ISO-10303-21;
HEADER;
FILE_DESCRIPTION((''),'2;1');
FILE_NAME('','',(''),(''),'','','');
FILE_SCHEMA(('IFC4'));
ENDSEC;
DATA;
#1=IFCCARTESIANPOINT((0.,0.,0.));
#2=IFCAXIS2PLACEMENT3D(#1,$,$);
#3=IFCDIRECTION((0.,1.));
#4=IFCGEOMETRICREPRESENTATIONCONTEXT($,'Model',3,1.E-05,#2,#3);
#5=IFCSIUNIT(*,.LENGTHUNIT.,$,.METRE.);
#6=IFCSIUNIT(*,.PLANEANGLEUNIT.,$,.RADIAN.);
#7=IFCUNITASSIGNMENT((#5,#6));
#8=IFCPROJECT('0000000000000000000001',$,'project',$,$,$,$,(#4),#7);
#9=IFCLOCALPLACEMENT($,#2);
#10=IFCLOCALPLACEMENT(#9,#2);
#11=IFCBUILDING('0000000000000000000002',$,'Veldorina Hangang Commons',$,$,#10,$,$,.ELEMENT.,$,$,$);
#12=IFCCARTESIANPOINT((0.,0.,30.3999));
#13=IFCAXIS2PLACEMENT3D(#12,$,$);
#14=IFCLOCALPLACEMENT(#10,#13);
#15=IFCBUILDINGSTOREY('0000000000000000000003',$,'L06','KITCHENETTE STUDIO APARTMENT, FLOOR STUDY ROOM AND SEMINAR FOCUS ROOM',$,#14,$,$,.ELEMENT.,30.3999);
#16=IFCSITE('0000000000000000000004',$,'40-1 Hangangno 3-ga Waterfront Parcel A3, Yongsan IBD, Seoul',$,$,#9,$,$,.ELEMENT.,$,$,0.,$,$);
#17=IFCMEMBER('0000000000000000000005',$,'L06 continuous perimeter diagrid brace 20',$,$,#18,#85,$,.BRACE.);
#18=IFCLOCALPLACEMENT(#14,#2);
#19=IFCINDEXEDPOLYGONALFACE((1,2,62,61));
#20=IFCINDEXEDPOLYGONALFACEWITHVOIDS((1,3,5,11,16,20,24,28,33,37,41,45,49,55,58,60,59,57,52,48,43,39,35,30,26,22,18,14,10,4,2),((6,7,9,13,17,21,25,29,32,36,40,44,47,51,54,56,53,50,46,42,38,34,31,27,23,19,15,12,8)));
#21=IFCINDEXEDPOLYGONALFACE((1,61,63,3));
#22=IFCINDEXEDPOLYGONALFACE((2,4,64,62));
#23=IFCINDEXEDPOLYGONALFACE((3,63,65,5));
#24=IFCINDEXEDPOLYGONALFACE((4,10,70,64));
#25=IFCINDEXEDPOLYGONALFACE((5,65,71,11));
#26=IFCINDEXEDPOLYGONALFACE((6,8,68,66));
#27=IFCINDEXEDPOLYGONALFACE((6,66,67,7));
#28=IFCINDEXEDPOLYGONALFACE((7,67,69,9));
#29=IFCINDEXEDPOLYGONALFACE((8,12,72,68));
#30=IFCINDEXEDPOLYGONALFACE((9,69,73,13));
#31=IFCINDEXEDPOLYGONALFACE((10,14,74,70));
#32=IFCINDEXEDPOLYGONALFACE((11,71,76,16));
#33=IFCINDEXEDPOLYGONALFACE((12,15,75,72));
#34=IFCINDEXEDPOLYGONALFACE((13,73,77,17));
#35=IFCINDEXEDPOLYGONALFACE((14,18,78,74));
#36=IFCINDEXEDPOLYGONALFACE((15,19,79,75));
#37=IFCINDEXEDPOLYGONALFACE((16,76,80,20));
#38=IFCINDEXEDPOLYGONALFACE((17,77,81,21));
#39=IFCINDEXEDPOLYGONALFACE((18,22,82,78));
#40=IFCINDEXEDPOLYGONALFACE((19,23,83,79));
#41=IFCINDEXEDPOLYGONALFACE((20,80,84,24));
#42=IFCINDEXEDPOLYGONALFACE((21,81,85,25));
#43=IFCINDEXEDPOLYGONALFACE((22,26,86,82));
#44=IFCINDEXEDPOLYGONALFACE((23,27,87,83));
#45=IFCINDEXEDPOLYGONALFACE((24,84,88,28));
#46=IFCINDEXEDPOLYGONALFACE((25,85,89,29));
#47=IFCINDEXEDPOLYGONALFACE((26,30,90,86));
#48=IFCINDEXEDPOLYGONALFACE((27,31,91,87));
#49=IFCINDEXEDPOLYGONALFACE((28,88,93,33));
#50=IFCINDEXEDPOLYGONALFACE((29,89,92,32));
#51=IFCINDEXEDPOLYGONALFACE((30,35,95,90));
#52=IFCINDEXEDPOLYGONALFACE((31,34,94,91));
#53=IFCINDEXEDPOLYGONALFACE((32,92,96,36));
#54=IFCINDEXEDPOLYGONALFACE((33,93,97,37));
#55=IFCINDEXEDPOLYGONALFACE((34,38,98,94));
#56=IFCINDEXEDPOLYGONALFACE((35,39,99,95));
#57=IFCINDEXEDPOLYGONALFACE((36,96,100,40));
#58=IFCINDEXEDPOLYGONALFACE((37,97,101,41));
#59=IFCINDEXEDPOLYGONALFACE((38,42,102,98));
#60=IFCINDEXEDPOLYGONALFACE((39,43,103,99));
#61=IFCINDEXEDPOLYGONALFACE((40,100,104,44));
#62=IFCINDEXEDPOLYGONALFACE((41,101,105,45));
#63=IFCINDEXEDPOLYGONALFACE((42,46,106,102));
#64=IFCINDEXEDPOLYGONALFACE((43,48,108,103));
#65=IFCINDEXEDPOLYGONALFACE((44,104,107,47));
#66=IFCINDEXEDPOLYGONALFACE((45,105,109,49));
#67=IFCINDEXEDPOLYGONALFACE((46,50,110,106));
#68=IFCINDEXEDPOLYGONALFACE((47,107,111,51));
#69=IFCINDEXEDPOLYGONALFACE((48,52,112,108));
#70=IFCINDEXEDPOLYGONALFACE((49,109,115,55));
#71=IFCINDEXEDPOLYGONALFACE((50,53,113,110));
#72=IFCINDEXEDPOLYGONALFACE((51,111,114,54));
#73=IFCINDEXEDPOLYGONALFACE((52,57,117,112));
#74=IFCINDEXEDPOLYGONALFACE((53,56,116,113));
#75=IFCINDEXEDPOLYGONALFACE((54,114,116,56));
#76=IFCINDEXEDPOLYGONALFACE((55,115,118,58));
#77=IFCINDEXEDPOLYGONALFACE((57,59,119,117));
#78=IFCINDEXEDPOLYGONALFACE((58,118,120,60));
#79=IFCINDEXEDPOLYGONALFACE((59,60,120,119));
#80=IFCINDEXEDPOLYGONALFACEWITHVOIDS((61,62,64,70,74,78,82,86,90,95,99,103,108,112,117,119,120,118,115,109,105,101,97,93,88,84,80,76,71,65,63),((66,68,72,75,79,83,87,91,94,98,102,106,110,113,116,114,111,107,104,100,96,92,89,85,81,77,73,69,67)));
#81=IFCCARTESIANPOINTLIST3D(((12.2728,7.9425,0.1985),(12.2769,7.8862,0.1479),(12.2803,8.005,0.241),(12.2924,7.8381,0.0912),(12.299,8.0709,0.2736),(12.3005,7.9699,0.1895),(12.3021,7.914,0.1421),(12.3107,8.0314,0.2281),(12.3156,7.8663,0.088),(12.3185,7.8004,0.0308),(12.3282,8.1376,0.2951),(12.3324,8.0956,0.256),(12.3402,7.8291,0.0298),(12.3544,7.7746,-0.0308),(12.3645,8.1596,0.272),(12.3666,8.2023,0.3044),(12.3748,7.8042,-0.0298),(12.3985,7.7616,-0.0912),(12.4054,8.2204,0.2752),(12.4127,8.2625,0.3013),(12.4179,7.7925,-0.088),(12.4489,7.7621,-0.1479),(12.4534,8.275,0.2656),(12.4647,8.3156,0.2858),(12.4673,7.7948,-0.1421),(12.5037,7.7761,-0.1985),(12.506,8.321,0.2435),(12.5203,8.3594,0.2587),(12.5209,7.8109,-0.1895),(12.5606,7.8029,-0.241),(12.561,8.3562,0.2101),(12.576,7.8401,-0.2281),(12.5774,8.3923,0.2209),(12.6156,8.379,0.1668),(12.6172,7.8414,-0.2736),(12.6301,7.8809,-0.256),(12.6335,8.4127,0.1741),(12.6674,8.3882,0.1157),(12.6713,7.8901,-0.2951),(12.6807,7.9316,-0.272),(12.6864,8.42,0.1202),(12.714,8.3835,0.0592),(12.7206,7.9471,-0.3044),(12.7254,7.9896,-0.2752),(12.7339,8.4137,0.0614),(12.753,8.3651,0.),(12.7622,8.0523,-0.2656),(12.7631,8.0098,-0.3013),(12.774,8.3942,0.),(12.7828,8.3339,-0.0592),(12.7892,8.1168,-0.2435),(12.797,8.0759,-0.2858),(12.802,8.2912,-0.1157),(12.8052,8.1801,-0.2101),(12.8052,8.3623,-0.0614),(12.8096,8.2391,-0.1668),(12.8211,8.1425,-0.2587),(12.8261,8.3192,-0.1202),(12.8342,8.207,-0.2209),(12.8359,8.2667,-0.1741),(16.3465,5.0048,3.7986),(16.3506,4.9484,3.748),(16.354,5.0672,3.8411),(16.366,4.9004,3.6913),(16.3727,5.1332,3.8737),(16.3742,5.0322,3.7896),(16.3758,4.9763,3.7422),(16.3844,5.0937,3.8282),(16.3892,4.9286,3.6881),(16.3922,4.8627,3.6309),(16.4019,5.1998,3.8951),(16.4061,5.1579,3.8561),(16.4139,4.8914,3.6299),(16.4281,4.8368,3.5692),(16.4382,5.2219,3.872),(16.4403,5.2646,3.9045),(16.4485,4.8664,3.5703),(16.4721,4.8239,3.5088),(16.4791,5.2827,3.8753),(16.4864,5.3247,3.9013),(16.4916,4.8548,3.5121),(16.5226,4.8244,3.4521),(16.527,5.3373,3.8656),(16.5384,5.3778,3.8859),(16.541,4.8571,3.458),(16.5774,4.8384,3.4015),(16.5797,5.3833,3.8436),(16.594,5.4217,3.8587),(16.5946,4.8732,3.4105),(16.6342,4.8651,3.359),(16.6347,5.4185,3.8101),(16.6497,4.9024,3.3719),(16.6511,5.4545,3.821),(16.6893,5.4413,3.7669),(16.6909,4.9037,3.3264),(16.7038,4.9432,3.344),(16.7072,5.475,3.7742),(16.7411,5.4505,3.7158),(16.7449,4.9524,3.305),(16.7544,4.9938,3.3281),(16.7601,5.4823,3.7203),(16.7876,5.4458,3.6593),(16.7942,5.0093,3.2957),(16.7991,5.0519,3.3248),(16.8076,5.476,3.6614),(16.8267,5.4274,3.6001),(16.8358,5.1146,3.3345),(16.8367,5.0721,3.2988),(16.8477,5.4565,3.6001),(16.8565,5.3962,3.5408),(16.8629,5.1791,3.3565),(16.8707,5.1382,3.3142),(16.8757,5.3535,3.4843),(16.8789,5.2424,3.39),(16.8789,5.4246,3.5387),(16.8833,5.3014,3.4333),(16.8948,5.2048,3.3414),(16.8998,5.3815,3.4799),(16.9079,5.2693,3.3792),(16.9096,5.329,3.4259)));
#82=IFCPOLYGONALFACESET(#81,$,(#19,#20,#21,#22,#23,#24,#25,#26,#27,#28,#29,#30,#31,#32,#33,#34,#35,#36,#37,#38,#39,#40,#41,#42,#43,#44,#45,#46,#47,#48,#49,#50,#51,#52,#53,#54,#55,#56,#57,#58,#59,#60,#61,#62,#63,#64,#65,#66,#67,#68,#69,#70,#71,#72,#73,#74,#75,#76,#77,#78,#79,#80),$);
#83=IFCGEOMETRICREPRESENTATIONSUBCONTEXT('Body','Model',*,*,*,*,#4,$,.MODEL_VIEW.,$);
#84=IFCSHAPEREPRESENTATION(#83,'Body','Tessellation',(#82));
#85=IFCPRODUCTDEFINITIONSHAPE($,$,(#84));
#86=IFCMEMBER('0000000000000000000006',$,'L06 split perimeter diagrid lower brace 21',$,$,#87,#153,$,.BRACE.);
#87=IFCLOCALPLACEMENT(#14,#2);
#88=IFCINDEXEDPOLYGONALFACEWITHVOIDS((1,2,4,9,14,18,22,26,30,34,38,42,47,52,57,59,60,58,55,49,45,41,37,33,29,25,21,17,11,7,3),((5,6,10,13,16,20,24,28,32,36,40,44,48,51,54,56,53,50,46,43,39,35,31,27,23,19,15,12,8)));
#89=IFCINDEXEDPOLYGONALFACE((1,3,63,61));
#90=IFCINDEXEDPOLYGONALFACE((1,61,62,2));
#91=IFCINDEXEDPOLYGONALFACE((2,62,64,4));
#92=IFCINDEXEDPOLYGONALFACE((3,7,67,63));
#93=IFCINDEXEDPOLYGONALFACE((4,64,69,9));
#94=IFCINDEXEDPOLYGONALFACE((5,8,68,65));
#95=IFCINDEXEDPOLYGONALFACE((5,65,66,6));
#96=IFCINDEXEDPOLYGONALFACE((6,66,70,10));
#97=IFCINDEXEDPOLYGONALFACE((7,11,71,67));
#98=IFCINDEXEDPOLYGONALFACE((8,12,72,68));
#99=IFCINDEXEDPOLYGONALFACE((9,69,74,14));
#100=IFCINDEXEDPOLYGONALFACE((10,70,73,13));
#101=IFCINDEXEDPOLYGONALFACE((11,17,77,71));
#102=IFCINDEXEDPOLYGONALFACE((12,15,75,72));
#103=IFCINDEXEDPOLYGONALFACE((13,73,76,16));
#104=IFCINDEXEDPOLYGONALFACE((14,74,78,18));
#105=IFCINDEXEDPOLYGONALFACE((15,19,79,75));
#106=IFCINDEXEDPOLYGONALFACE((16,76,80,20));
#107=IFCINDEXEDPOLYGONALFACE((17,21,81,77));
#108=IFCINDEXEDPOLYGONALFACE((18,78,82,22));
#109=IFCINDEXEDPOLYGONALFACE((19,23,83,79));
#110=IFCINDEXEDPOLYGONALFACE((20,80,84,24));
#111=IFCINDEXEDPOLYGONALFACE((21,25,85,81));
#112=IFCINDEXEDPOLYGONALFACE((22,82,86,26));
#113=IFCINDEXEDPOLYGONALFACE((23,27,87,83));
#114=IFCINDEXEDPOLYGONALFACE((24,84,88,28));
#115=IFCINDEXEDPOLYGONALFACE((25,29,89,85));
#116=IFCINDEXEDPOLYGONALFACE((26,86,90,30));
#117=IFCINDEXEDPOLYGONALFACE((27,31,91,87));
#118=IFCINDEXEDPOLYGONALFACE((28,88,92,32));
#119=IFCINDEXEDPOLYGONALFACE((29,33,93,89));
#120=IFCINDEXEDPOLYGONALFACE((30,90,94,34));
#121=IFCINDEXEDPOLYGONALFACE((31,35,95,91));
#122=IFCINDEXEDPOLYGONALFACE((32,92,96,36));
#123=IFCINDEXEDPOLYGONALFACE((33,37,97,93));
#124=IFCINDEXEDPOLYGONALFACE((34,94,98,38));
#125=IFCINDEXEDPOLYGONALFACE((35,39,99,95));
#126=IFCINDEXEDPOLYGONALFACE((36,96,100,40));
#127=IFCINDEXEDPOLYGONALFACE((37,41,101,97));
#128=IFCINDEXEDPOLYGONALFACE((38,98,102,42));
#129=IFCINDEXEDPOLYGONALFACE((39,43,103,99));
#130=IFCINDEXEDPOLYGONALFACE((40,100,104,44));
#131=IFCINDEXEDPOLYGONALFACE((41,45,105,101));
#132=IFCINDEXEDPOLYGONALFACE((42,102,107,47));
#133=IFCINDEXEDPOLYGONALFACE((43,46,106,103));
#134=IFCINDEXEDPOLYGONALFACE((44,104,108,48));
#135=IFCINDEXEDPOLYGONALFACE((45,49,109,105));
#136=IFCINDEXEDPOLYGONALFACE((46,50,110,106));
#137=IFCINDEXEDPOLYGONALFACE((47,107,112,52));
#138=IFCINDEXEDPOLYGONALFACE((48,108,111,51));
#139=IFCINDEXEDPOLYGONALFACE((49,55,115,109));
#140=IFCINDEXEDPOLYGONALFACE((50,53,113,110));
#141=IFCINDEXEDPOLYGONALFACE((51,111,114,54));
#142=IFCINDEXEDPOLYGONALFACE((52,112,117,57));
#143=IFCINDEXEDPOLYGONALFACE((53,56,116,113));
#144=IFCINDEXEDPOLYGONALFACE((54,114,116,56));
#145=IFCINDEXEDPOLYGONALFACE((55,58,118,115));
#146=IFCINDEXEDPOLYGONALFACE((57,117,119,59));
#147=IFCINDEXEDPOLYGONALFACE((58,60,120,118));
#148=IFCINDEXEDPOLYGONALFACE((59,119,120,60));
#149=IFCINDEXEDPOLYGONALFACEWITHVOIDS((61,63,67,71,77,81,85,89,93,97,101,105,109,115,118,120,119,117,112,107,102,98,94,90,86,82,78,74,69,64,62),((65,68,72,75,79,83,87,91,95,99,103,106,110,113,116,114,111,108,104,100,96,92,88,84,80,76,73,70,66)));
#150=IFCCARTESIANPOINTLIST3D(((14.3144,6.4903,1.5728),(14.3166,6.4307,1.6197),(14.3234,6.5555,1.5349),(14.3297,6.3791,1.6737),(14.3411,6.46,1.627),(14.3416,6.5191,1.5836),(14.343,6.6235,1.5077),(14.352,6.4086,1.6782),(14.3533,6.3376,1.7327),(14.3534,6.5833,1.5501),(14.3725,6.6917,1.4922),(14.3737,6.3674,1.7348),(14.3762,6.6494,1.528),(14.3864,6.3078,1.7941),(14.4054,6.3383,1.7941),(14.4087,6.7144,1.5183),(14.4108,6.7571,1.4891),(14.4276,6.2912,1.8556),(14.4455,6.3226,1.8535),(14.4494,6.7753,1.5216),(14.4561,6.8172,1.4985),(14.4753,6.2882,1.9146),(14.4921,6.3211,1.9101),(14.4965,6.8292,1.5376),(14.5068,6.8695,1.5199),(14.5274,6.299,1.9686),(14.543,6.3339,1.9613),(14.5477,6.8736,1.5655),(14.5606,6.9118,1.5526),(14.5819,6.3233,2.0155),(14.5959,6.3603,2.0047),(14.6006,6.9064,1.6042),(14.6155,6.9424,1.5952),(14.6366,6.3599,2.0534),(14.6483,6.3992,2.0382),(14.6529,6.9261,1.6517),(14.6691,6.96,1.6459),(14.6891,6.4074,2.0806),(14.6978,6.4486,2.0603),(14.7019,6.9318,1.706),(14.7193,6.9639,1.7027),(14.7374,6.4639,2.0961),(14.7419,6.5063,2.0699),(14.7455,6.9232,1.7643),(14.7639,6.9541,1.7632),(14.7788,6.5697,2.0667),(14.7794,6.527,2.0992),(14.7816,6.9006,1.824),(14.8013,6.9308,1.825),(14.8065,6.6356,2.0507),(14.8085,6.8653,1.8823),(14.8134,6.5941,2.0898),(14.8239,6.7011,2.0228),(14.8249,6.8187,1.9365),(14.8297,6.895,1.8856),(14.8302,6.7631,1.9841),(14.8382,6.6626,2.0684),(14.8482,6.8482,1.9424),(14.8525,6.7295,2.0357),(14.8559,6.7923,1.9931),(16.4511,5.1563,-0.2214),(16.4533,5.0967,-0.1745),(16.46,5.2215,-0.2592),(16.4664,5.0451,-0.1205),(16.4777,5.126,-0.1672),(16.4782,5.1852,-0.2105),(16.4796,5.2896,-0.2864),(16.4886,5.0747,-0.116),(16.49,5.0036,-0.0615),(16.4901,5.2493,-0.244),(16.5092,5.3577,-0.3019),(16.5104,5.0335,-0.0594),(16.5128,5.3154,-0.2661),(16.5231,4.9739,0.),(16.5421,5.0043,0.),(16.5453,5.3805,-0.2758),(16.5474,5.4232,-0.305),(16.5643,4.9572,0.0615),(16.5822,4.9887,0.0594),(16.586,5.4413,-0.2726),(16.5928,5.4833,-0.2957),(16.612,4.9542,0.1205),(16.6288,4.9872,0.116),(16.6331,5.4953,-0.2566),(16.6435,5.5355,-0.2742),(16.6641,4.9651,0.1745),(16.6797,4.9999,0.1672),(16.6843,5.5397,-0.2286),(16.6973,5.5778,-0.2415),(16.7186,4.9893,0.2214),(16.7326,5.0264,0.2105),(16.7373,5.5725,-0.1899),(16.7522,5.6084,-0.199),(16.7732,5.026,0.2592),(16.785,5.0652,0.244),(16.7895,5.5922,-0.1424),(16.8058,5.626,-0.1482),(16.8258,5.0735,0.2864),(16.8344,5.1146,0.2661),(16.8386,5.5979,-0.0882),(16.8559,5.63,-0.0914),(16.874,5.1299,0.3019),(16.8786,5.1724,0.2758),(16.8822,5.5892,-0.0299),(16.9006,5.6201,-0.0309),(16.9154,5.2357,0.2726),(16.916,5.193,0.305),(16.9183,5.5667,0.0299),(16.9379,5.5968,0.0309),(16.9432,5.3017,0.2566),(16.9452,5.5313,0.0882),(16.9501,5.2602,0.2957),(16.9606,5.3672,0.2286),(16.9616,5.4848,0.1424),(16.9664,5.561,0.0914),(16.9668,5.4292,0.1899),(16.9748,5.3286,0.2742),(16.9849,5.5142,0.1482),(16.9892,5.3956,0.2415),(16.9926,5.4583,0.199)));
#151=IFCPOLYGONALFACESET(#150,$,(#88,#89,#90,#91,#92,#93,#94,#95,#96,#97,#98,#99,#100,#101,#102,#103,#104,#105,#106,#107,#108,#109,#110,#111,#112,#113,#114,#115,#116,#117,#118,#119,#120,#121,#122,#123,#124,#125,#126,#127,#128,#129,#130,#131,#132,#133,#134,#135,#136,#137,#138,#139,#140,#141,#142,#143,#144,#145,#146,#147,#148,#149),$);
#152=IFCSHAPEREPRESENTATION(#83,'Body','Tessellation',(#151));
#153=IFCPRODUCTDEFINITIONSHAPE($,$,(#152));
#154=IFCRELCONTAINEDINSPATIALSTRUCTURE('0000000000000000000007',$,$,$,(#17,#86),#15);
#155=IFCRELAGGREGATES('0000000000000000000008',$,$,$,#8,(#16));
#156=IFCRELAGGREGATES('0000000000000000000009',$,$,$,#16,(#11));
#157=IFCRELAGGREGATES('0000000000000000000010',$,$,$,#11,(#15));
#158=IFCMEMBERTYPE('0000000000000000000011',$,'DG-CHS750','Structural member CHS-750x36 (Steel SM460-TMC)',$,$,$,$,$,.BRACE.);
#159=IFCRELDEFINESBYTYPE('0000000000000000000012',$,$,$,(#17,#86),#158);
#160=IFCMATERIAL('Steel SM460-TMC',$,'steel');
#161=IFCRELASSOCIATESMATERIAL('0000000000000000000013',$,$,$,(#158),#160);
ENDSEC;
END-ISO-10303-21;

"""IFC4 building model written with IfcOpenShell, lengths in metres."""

from ifc_helpers import new_model, si_unit, direction, frame, origin, origin_2d, place, context, subcontext, project, spatial, hollow_circle, extrude, material, material_profile, profile_set, type_object, element, save


model = new_model("IFC4")

# Units and contexts
model_context = context("Model", 3, precision=1e-05, world=origin(), true_north=direction((0.0, 1.0)))
body_context = subcontext(model_context, "Body", "Model", "MODEL_VIEW")
ifc_project = project(units=[si_unit("LENGTHUNIT", "METRE"), si_unit("PLANEANGLEUNIT", "RADIAN")], contexts=[model_context])

# Site, building, storey
site_placement = place(None, origin())
site = spatial("IfcSite", under=ifc_project, at=site_placement, Name="40-1 Hangangno 3-ga Waterfront Parcel A3, Yongsan IBD, Seoul", CompositionType="ELEMENT", RefElevation=0.0)
building_placement = place(site_placement, origin())
building = spatial("IfcBuilding", under=site, at=building_placement, Name="Veldorina Hangang Commons", CompositionType="ELEMENT")
storey_placement = place(building_placement, frame((0.0, 0.0, 30.3999)))
storey = spatial("IfcBuildingStorey", under=building, at=storey_placement, Name="L06", Description="KITCHENETTE STUDIO APARTMENT, FLOOR STUDY ROOM AND SEMINAR FOCUS ROOM", CompositionType="ELEMENT", Elevation=30.3999)

# Shared definitions
ifc_material_1 = material(Name="Steel SM460-TMC", Category="steel")

# Members
ifc_material_profile_1 = material_profile(ifc_material_1, hollow_circle(Radius=0.375, WallThickness=0.0359, at=origin_2d()), Name="CHS-750x36")
ifc_profile_set_1 = profile_set([ifc_material_profile_1], Name="Steel SM460-TMC")
member_type_1 = type_object("IfcMemberType", Name="DG-CHS750", Description="Structural member CHS-750x36 (Steel SM460-TMC)", PredefinedType="BRACE", material=ifc_profile_set_1)
member_1_placement = place(storey_placement, frame((12.5547, 8.0901, 0.0), z_axis=(0.659232, -0.475401, 0.582586), x_axis=(0.584915, 0.811094, 0.0)))
element("IfcMember", 1, at=member_1_placement, inside=storey, type_object=member_type_1, Name="L06 continuous perimeter diagrid brace 20", PredefinedType="BRACE", context=body_context, shape_type="SweptSolid", body=[
    extrude(hollow_circle(Radius=0.375, WallThickness=0.0359, at=origin_2d()), origin(), (0.0, 0.0, 1.0), 6.1794),
])
member_2_placement = place(storey_placement, frame((16.7217, 5.292, 0.0), z_axis=(-0.690913, 0.431347, 0.580155), x_axis=(-0.529581, -0.84826, 0.0)))
element("IfcMember", 2, at=member_2_placement, inside=storey, type_object=member_type_1, Name="L06 split perimeter diagrid lower brace 21", PredefinedType="BRACE", context=body_context, shape_type="SweptSolid", body=[
    extrude(hollow_circle(Radius=0.375, WallThickness=0.0359, at=origin_2d()), origin(), (0.0, 0.0, 1.0), 3.0925),
])

save(model, "model.ifc")
